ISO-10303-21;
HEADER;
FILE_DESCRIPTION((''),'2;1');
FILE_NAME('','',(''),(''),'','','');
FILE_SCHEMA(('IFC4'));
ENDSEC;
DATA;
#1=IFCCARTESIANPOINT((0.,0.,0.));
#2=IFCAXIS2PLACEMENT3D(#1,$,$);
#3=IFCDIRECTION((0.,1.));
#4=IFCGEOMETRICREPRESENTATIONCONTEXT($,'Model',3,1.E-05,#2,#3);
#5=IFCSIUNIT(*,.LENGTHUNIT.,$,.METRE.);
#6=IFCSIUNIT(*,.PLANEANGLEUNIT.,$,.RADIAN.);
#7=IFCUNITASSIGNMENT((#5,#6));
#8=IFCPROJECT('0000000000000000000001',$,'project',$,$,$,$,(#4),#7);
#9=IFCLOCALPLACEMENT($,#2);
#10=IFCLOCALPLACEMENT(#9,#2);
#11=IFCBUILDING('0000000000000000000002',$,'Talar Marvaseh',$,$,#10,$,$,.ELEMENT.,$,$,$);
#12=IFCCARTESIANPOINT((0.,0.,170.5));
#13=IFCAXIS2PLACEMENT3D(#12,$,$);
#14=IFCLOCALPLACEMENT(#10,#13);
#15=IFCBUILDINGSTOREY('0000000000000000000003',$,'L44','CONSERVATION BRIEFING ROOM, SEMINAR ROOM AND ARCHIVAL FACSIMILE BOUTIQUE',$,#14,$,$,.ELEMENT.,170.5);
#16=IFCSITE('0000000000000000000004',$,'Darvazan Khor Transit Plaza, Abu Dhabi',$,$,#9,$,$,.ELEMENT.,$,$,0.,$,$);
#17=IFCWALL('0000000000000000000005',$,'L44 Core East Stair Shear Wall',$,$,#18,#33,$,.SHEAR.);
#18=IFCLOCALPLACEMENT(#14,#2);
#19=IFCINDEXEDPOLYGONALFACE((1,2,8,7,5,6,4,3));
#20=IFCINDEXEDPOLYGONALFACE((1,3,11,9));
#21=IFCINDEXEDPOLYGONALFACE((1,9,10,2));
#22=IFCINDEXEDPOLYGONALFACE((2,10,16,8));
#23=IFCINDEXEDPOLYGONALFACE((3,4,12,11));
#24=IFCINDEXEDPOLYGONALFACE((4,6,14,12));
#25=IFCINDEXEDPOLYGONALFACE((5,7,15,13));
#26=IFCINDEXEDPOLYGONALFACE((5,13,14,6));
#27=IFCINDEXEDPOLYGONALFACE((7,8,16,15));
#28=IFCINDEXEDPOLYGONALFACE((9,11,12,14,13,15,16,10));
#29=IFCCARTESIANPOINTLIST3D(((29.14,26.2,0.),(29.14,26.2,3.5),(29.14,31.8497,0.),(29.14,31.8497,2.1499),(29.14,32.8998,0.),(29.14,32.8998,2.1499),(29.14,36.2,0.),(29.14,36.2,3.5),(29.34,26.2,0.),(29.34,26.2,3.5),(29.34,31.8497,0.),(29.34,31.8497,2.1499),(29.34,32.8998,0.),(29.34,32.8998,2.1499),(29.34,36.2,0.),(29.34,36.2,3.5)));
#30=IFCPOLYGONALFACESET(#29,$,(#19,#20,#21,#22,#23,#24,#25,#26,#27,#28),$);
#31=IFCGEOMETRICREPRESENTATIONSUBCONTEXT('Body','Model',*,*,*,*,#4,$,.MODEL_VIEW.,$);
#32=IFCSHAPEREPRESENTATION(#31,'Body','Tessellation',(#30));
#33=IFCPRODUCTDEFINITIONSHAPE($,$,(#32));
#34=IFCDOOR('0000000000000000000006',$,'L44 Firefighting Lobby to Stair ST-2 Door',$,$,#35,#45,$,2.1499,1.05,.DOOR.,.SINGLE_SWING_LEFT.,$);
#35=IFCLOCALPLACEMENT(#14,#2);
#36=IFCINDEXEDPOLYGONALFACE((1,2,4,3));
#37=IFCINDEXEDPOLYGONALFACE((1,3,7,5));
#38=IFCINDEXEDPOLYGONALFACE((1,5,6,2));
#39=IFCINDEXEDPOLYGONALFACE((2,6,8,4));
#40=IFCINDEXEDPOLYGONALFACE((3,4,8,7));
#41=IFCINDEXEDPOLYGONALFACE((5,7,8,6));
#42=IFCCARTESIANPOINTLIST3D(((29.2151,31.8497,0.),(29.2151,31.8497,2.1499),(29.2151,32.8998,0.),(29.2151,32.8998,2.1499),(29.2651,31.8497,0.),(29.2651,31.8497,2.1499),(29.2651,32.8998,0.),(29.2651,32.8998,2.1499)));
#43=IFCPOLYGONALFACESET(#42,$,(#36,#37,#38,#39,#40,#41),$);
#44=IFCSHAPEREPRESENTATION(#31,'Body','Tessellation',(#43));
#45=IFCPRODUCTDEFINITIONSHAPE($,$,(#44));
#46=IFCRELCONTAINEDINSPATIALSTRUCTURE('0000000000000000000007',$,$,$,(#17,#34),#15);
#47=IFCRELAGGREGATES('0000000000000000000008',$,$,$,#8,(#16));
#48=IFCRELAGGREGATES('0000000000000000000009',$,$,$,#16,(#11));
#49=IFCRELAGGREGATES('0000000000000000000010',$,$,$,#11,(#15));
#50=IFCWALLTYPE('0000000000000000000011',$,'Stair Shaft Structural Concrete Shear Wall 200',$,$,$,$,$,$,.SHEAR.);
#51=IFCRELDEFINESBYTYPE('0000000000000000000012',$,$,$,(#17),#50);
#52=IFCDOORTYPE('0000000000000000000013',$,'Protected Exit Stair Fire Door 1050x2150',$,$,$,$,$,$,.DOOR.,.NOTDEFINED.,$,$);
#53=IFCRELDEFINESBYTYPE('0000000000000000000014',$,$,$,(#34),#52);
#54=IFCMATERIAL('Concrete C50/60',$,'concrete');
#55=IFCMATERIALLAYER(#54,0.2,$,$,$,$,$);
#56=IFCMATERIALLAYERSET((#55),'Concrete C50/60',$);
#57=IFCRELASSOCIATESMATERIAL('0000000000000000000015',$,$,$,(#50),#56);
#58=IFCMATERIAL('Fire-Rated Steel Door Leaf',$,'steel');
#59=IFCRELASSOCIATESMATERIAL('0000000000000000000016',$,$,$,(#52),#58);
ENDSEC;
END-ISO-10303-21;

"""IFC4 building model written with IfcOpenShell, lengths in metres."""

from ifc_helpers import new_model, si_unit, direction, frame, frame_2d, origin, place, context, subcontext, project, spatial, rectangle, extrude, source, transform, mapped, material, layer, layer_set, type_object, type_shapes, element, fill, save


model = new_model("IFC4")

# Units and contexts
model_context = context("Model", 3, precision=1e-05, world=origin(), true_north=direction((0.0, 1.0)))
body_context = subcontext(model_context, "Body", "Model", "MODEL_VIEW")
ifc_project = project(units=[si_unit("LENGTHUNIT", "METRE"), si_unit("PLANEANGLEUNIT", "RADIAN")], contexts=[model_context])

# Site, building, storey
site_placement = place(None, origin())
site = spatial("IfcSite", under=ifc_project, at=site_placement, Name="Darvazan Khor Transit Plaza, Abu Dhabi", CompositionType="ELEMENT", RefElevation=0.0)
building_placement = place(site_placement, origin())
building = spatial("IfcBuilding", under=site, at=building_placement, Name="Talar Marvaseh", CompositionType="ELEMENT")
storey_placement = place(building_placement, frame((0.0, 0.0, 170.5)))
storey = spatial("IfcBuildingStorey", under=building, at=storey_placement, Name="L44", Description="CONSERVATION BRIEFING ROOM, SEMINAR ROOM AND ARCHIVAL FACSIMILE BOUTIQUE", CompositionType="ELEMENT", Elevation=170.5)

# Shared definitions
ifc_material_1 = material(Name="Concrete C50/60", Category="concrete")
ifc_layer_1 = layer(ifc_material_1, 0.2)
ifc_layer_set_1 = layer_set([ifc_layer_1], Name="Concrete C50/60")
wall_type_1 = type_object("IfcWallType", Name="Stair Shaft Structural Concrete Shear Wall 200", PredefinedType="SHEAR", material=ifc_layer_set_1)

# Wall, opening, door
wall_1_placement = place(storey_placement, frame((29.24, 26.2, 0.0), z_axis=(0.0, 0.0, 1.0), x_axis=(0.0, 1.0, 0.0)))
wall_1 = element("IfcWall", 1, at=wall_1_placement, inside=storey, type_object=wall_type_1, Name="L44 Core East Stair Shear Wall", PredefinedType="SHEAR", context=body_context, shape_type="SweptSolid", body=[
    extrude(rectangle(XDim=10.0, YDim=0.2, at=frame_2d((5.0, 0.0))), origin(), (0.0, 0.0, 1.0), 3.5),
])
opening_placement = place(wall_1_placement, frame((5.6499, 0.0, 0.0)))
opening = element("IfcOpeningElement", 2, at=opening_placement, cuts=wall_1, PredefinedType="OPENING", context=body_context, shape_type="SweptSolid", body=[
    extrude(rectangle(XDim=1.05, YDim=2.1499, at=frame_2d((0.5249, 1.075))), frame((0.0, 0.1099, 0.0), z_axis=(0.0, -1.0, 0.0), x_axis=(1.0, 0.0, 0.0)), (0.0, 0.0, 1.0), 0.22),
])
ifc_material_2 = material(Name="Fire-Rated Steel Door Leaf", Category="steel")
door_type = type_object("IfcDoorType", Name="Protected Exit Stair Fire Door 1050x2150", OperationType="NOTDEFINED", PredefinedType="DOOR", material=ifc_material_2)
shared_shape_1 = source(origin(), body_context, "Body", "SweptSolid", [
    extrude(rectangle(XDim=1.05, YDim=2.1499, at=frame_2d((0.5249, 1.075))), frame((0.0, 0.0249, 0.0), z_axis=(0.0, -1.0, 0.0), x_axis=(1.0, 0.0, 0.0)), (0.0, 0.0, 1.0), 0.05),
])
type_shapes(door_type, [shared_shape_1])
door_placement = place(opening_placement, origin())
door = element("IfcDoor", 3, at=door_placement, inside=storey, type_object=door_type, Name="L44 Firefighting Lobby to Stair ST-2 Door", OperationType="SINGLE_SWING_LEFT", OverallHeight=2.1499, OverallWidth=1.05, PredefinedType="DOOR", context=body_context, shape_type="MappedRepresentation", body=[
    mapped(shared_shape_1, transform((0.0, 0.0, 0.0), x_axis=(1.0, 0.0, 0.0), y_axis=(0.0, 1.0, 0.0), z_axis=(0.0, 0.0, 1.0), scale=1.0)),
])
fill(opening, door)

save(model, "model.ifc")
